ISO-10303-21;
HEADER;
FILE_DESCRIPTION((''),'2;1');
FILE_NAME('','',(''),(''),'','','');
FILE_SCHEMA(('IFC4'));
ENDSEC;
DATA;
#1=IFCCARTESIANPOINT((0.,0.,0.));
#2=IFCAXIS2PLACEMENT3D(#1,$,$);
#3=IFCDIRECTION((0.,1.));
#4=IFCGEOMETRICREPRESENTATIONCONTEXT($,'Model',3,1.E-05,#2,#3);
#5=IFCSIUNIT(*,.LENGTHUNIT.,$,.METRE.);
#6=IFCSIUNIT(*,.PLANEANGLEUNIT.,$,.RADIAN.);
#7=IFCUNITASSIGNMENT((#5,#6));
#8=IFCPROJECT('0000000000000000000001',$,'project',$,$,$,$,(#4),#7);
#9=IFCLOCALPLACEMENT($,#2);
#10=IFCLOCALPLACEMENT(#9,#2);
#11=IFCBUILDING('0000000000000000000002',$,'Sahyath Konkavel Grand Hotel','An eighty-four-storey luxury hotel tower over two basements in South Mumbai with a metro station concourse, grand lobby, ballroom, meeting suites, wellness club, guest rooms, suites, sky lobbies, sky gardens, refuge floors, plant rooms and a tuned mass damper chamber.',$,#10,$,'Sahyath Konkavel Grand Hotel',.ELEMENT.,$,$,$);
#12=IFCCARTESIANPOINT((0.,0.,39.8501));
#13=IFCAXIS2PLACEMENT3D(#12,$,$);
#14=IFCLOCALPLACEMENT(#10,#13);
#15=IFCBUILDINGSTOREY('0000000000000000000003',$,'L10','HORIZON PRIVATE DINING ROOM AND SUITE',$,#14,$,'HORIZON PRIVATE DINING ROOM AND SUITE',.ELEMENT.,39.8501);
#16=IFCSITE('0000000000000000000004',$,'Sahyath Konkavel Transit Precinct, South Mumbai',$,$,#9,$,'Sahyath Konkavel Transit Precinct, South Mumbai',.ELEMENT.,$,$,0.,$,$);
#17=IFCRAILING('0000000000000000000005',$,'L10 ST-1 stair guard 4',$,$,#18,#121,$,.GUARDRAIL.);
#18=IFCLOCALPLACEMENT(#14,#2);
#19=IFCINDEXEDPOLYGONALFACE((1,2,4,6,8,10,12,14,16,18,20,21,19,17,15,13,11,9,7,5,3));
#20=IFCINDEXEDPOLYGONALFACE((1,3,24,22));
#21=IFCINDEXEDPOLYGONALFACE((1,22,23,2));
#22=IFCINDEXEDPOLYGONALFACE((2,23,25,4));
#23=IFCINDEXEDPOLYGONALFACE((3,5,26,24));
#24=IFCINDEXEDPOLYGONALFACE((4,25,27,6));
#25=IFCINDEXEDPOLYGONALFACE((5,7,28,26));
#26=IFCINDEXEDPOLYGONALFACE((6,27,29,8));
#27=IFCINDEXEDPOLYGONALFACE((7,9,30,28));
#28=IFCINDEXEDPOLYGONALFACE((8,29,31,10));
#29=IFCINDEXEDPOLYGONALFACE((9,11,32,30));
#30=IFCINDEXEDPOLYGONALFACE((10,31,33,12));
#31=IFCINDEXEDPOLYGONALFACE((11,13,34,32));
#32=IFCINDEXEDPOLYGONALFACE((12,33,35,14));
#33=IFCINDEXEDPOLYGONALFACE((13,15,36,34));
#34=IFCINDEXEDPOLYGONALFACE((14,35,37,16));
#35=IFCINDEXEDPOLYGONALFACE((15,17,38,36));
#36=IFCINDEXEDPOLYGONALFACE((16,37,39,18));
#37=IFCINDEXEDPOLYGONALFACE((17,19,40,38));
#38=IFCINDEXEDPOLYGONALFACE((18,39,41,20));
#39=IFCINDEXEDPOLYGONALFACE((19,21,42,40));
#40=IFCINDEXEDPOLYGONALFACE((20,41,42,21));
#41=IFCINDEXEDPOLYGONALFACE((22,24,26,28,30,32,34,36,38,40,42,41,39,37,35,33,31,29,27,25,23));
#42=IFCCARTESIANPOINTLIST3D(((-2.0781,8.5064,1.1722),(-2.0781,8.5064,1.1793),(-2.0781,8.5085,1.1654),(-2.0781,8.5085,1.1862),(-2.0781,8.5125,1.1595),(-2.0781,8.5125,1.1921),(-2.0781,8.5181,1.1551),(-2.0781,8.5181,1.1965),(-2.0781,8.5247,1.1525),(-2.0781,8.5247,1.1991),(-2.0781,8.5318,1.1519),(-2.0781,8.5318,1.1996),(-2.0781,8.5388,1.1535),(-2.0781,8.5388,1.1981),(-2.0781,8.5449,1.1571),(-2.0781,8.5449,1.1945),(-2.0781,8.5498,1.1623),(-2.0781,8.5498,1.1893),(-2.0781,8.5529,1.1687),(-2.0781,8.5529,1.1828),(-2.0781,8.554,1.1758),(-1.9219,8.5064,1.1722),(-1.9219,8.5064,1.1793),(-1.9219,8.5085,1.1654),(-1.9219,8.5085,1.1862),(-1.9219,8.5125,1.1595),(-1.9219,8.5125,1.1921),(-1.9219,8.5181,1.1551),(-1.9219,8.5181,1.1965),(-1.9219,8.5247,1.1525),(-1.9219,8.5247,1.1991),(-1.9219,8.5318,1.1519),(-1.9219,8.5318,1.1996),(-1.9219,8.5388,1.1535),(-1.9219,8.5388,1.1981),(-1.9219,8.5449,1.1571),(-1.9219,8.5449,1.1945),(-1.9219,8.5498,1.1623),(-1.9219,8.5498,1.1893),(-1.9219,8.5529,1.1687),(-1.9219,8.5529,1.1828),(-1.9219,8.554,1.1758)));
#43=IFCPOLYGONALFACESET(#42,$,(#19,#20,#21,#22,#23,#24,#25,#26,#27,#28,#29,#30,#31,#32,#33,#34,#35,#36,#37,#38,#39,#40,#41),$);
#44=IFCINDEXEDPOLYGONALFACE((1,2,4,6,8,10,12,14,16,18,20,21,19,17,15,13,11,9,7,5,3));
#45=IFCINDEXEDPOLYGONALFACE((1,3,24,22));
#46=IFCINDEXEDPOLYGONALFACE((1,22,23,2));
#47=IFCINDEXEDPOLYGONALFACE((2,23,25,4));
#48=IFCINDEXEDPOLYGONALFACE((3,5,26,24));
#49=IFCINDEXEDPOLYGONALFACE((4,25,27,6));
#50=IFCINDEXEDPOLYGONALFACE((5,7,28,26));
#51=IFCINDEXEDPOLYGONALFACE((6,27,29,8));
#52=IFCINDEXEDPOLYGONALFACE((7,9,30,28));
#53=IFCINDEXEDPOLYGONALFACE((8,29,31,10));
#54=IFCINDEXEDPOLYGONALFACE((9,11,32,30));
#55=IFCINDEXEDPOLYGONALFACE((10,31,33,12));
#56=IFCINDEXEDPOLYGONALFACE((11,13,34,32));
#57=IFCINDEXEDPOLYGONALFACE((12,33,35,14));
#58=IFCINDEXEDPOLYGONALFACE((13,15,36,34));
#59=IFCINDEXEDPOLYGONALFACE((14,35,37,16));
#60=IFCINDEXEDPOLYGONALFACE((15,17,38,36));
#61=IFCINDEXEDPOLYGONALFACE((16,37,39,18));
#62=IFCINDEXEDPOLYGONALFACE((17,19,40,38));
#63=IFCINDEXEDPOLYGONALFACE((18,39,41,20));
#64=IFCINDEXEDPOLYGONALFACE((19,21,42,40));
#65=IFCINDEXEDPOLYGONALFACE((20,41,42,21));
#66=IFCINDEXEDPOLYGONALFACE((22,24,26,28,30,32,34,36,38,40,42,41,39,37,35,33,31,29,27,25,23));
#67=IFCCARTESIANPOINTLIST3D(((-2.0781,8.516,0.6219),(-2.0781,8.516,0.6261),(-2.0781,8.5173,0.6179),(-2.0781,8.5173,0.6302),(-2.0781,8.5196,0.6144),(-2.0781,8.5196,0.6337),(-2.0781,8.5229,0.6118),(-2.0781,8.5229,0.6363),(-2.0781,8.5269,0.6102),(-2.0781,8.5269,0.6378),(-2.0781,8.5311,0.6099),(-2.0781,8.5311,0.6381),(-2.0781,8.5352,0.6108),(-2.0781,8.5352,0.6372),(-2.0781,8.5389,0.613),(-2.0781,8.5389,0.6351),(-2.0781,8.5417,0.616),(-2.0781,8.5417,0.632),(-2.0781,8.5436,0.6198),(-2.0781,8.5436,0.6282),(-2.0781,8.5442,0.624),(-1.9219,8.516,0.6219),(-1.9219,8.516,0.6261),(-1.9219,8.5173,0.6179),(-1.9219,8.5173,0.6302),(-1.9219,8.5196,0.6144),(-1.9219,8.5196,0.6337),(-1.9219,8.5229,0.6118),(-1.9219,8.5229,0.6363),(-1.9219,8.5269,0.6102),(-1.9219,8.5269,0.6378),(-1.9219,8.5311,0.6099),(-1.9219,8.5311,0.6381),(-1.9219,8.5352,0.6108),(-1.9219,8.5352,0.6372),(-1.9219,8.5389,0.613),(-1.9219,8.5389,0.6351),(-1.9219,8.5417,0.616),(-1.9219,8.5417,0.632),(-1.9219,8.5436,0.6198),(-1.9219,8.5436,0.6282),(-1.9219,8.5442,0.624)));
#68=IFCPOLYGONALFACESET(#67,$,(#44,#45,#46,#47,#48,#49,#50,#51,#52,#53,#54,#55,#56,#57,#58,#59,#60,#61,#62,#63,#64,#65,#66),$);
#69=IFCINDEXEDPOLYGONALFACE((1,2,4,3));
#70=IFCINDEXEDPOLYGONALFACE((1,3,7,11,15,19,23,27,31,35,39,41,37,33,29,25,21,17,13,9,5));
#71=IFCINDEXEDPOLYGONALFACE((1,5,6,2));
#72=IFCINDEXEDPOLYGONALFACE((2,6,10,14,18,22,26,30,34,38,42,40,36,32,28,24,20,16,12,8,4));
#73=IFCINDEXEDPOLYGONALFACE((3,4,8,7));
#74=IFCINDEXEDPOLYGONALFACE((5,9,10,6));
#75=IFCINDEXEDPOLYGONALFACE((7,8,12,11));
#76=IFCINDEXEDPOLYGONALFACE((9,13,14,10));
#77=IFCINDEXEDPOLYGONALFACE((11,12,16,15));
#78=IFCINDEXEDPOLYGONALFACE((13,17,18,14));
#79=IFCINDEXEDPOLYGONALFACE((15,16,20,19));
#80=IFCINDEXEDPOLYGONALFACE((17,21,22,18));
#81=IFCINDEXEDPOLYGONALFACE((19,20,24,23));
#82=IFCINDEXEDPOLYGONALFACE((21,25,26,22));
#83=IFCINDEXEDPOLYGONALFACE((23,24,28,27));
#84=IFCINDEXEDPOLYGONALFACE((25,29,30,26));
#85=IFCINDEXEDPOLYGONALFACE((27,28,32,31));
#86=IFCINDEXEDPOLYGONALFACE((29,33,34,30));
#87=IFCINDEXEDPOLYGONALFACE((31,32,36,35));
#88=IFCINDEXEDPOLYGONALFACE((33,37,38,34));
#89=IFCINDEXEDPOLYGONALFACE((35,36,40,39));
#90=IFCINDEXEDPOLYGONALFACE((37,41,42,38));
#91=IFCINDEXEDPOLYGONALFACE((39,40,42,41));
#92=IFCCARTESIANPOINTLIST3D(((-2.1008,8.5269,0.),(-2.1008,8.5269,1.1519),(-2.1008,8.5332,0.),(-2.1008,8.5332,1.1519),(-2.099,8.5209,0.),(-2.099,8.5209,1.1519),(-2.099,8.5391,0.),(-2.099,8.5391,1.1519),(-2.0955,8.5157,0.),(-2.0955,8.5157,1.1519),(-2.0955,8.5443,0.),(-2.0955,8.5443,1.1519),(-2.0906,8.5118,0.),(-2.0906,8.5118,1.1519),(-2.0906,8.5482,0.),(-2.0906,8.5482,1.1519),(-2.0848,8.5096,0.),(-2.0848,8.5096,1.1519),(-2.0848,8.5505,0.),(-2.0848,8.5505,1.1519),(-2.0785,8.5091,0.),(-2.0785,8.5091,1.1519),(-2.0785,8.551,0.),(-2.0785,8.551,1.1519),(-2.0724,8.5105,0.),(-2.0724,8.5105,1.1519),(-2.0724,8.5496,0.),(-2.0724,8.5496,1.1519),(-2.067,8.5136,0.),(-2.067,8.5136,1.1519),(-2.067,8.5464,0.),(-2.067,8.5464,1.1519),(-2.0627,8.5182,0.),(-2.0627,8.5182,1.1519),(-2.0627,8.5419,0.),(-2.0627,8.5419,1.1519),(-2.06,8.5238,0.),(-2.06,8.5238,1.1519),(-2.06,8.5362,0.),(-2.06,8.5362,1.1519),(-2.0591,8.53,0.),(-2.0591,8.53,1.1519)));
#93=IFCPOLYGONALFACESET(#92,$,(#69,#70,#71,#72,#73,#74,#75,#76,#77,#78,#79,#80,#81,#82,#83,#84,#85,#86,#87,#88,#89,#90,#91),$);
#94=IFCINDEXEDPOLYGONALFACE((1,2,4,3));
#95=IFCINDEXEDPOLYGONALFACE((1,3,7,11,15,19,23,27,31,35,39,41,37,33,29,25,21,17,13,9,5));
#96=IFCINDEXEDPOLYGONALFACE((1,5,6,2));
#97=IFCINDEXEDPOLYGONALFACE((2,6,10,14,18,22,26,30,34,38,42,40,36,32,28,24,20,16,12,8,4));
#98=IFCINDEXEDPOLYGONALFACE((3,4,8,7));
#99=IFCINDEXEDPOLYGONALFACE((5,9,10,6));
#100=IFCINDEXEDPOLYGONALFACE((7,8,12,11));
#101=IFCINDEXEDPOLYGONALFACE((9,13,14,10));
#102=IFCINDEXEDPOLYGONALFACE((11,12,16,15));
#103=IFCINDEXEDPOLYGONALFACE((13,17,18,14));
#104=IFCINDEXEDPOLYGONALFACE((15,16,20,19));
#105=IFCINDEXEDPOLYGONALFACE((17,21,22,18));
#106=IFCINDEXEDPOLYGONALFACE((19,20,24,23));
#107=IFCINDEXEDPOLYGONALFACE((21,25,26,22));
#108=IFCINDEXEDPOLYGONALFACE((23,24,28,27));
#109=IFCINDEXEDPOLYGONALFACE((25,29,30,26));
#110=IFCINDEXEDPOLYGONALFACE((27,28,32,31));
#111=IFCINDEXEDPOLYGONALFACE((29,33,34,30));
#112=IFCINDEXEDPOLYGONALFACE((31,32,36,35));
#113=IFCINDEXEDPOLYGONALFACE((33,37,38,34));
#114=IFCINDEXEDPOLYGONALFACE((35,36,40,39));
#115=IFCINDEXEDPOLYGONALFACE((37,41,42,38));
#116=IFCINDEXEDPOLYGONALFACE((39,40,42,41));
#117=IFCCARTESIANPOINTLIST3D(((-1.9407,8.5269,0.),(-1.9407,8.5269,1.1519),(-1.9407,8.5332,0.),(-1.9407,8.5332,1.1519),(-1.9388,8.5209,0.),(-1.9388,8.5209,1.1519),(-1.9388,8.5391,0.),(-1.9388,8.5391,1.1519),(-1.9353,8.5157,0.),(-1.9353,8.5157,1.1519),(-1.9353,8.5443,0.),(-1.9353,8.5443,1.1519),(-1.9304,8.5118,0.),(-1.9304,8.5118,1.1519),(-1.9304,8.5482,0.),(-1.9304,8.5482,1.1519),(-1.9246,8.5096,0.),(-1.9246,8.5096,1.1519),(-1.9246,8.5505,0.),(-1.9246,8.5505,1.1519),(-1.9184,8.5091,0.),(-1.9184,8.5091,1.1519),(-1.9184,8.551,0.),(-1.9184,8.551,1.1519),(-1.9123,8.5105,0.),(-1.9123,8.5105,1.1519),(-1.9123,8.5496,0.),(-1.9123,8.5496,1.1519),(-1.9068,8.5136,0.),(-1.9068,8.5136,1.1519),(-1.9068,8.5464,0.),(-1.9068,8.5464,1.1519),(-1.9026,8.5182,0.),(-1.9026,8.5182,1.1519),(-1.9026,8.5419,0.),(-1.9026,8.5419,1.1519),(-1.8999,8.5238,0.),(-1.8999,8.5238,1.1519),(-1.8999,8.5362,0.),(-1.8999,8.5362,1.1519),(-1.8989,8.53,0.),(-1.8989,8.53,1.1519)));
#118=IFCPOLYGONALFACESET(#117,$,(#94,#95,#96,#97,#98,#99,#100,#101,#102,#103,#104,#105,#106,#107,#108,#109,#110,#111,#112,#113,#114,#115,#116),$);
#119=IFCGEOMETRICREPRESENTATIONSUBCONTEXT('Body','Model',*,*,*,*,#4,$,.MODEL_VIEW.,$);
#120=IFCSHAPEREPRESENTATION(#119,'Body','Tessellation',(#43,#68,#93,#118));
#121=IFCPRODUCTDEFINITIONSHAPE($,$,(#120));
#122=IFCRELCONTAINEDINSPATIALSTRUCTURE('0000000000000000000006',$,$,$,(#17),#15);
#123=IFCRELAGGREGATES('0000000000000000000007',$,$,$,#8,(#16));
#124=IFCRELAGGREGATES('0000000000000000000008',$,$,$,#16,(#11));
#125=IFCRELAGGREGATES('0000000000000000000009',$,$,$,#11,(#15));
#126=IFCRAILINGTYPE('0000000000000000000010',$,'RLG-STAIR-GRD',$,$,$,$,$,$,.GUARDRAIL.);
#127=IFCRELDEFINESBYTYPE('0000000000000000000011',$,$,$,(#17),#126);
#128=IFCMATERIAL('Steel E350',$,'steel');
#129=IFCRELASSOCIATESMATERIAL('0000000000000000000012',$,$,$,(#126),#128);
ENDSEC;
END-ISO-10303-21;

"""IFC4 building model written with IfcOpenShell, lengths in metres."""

from ifc_helpers import new_model, si_unit, direction, frame, origin, origin_2d, place, context, subcontext, project, spatial, circle, extrude, material, type_object, element, save


model = new_model("IFC4")

# Units and contexts
model_context = context("Model", 3, precision=1e-05, world=origin(), true_north=direction((0.0, 1.0)))
body_context = subcontext(model_context, "Body", "Model", "MODEL_VIEW")
ifc_project = project(units=[si_unit("LENGTHUNIT", "METRE"), si_unit("PLANEANGLEUNIT", "RADIAN")], contexts=[model_context])

# Site, building, storey
site_placement = place(None, origin())
site = spatial("IfcSite", under=ifc_project, at=site_placement, Name="Sahyath Konkavel Transit Precinct, South Mumbai", LongName="Sahyath Konkavel Transit Precinct, South Mumbai", CompositionType="ELEMENT", RefElevation=0.0)
building_placement = place(site_placement, origin())
building = spatial("IfcBuilding", under=site, at=building_placement, Name="Sahyath Konkavel Grand Hotel", Description="An eighty-four-storey luxury hotel tower over two basements in South Mumbai with a metro station concourse, grand lobby, ballroom, meeting suites, wellness club, guest rooms, suites, sky lobbies, sky gardens, refuge floors, plant rooms and a tuned mass damper chamber.", LongName="Sahyath Konkavel Grand Hotel", CompositionType="ELEMENT")
storey_placement = place(building_placement, frame((0.0, 0.0, 39.8501)))
storey = spatial("IfcBuildingStorey", under=building, at=storey_placement, Name="L10", Description="HORIZON PRIVATE DINING ROOM AND SUITE", LongName="HORIZON PRIVATE DINING ROOM AND SUITE", CompositionType="ELEMENT", Elevation=39.8501)

# Shared definitions
ifc_material_1 = material(Name="Steel E350", Category="steel")

# Railing
railing_type_1 = type_object("IfcRailingType", Name="RLG-STAIR-GRD", PredefinedType="GUARDRAIL", material=ifc_material_1)
railing_1_placement = place(storey_placement, frame((-2.0801, 8.53, 0.0)))
element("IfcRailing", 1, at=railing_1_placement, inside=storey, type_object=railing_type_1, Name="L10 ST-1 stair guard 4", PredefinedType="GUARDRAIL", context=body_context, shape_type="SweptSolid", body=[
    extrude(circle(Radius=0.0239, at=origin_2d()), frame((0.002, 0.0, 1.1758), z_axis=(1.0, 0.0, 0.0), x_axis=(0.0, 1.0, 0.0)), (0.0, 0.0, 1.0), 0.1562),
    extrude(circle(Radius=0.0142, at=origin_2d()), frame((0.002, 0.0, 0.624), z_axis=(1.0, 0.0, 0.0), x_axis=(0.0, 1.0, 0.0)), (0.0, 0.0, 1.0), 0.1562),
    extrude(circle(Radius=0.021, at=origin_2d()), origin(), (0.0, 0.0, 1.0), 1.1519),
    extrude(circle(Radius=0.021, at=origin_2d()), frame((0.1602, 0.0, 0.0)), (0.0, 0.0, 1.0), 1.1519),
])

save(model, "model.ifc")
